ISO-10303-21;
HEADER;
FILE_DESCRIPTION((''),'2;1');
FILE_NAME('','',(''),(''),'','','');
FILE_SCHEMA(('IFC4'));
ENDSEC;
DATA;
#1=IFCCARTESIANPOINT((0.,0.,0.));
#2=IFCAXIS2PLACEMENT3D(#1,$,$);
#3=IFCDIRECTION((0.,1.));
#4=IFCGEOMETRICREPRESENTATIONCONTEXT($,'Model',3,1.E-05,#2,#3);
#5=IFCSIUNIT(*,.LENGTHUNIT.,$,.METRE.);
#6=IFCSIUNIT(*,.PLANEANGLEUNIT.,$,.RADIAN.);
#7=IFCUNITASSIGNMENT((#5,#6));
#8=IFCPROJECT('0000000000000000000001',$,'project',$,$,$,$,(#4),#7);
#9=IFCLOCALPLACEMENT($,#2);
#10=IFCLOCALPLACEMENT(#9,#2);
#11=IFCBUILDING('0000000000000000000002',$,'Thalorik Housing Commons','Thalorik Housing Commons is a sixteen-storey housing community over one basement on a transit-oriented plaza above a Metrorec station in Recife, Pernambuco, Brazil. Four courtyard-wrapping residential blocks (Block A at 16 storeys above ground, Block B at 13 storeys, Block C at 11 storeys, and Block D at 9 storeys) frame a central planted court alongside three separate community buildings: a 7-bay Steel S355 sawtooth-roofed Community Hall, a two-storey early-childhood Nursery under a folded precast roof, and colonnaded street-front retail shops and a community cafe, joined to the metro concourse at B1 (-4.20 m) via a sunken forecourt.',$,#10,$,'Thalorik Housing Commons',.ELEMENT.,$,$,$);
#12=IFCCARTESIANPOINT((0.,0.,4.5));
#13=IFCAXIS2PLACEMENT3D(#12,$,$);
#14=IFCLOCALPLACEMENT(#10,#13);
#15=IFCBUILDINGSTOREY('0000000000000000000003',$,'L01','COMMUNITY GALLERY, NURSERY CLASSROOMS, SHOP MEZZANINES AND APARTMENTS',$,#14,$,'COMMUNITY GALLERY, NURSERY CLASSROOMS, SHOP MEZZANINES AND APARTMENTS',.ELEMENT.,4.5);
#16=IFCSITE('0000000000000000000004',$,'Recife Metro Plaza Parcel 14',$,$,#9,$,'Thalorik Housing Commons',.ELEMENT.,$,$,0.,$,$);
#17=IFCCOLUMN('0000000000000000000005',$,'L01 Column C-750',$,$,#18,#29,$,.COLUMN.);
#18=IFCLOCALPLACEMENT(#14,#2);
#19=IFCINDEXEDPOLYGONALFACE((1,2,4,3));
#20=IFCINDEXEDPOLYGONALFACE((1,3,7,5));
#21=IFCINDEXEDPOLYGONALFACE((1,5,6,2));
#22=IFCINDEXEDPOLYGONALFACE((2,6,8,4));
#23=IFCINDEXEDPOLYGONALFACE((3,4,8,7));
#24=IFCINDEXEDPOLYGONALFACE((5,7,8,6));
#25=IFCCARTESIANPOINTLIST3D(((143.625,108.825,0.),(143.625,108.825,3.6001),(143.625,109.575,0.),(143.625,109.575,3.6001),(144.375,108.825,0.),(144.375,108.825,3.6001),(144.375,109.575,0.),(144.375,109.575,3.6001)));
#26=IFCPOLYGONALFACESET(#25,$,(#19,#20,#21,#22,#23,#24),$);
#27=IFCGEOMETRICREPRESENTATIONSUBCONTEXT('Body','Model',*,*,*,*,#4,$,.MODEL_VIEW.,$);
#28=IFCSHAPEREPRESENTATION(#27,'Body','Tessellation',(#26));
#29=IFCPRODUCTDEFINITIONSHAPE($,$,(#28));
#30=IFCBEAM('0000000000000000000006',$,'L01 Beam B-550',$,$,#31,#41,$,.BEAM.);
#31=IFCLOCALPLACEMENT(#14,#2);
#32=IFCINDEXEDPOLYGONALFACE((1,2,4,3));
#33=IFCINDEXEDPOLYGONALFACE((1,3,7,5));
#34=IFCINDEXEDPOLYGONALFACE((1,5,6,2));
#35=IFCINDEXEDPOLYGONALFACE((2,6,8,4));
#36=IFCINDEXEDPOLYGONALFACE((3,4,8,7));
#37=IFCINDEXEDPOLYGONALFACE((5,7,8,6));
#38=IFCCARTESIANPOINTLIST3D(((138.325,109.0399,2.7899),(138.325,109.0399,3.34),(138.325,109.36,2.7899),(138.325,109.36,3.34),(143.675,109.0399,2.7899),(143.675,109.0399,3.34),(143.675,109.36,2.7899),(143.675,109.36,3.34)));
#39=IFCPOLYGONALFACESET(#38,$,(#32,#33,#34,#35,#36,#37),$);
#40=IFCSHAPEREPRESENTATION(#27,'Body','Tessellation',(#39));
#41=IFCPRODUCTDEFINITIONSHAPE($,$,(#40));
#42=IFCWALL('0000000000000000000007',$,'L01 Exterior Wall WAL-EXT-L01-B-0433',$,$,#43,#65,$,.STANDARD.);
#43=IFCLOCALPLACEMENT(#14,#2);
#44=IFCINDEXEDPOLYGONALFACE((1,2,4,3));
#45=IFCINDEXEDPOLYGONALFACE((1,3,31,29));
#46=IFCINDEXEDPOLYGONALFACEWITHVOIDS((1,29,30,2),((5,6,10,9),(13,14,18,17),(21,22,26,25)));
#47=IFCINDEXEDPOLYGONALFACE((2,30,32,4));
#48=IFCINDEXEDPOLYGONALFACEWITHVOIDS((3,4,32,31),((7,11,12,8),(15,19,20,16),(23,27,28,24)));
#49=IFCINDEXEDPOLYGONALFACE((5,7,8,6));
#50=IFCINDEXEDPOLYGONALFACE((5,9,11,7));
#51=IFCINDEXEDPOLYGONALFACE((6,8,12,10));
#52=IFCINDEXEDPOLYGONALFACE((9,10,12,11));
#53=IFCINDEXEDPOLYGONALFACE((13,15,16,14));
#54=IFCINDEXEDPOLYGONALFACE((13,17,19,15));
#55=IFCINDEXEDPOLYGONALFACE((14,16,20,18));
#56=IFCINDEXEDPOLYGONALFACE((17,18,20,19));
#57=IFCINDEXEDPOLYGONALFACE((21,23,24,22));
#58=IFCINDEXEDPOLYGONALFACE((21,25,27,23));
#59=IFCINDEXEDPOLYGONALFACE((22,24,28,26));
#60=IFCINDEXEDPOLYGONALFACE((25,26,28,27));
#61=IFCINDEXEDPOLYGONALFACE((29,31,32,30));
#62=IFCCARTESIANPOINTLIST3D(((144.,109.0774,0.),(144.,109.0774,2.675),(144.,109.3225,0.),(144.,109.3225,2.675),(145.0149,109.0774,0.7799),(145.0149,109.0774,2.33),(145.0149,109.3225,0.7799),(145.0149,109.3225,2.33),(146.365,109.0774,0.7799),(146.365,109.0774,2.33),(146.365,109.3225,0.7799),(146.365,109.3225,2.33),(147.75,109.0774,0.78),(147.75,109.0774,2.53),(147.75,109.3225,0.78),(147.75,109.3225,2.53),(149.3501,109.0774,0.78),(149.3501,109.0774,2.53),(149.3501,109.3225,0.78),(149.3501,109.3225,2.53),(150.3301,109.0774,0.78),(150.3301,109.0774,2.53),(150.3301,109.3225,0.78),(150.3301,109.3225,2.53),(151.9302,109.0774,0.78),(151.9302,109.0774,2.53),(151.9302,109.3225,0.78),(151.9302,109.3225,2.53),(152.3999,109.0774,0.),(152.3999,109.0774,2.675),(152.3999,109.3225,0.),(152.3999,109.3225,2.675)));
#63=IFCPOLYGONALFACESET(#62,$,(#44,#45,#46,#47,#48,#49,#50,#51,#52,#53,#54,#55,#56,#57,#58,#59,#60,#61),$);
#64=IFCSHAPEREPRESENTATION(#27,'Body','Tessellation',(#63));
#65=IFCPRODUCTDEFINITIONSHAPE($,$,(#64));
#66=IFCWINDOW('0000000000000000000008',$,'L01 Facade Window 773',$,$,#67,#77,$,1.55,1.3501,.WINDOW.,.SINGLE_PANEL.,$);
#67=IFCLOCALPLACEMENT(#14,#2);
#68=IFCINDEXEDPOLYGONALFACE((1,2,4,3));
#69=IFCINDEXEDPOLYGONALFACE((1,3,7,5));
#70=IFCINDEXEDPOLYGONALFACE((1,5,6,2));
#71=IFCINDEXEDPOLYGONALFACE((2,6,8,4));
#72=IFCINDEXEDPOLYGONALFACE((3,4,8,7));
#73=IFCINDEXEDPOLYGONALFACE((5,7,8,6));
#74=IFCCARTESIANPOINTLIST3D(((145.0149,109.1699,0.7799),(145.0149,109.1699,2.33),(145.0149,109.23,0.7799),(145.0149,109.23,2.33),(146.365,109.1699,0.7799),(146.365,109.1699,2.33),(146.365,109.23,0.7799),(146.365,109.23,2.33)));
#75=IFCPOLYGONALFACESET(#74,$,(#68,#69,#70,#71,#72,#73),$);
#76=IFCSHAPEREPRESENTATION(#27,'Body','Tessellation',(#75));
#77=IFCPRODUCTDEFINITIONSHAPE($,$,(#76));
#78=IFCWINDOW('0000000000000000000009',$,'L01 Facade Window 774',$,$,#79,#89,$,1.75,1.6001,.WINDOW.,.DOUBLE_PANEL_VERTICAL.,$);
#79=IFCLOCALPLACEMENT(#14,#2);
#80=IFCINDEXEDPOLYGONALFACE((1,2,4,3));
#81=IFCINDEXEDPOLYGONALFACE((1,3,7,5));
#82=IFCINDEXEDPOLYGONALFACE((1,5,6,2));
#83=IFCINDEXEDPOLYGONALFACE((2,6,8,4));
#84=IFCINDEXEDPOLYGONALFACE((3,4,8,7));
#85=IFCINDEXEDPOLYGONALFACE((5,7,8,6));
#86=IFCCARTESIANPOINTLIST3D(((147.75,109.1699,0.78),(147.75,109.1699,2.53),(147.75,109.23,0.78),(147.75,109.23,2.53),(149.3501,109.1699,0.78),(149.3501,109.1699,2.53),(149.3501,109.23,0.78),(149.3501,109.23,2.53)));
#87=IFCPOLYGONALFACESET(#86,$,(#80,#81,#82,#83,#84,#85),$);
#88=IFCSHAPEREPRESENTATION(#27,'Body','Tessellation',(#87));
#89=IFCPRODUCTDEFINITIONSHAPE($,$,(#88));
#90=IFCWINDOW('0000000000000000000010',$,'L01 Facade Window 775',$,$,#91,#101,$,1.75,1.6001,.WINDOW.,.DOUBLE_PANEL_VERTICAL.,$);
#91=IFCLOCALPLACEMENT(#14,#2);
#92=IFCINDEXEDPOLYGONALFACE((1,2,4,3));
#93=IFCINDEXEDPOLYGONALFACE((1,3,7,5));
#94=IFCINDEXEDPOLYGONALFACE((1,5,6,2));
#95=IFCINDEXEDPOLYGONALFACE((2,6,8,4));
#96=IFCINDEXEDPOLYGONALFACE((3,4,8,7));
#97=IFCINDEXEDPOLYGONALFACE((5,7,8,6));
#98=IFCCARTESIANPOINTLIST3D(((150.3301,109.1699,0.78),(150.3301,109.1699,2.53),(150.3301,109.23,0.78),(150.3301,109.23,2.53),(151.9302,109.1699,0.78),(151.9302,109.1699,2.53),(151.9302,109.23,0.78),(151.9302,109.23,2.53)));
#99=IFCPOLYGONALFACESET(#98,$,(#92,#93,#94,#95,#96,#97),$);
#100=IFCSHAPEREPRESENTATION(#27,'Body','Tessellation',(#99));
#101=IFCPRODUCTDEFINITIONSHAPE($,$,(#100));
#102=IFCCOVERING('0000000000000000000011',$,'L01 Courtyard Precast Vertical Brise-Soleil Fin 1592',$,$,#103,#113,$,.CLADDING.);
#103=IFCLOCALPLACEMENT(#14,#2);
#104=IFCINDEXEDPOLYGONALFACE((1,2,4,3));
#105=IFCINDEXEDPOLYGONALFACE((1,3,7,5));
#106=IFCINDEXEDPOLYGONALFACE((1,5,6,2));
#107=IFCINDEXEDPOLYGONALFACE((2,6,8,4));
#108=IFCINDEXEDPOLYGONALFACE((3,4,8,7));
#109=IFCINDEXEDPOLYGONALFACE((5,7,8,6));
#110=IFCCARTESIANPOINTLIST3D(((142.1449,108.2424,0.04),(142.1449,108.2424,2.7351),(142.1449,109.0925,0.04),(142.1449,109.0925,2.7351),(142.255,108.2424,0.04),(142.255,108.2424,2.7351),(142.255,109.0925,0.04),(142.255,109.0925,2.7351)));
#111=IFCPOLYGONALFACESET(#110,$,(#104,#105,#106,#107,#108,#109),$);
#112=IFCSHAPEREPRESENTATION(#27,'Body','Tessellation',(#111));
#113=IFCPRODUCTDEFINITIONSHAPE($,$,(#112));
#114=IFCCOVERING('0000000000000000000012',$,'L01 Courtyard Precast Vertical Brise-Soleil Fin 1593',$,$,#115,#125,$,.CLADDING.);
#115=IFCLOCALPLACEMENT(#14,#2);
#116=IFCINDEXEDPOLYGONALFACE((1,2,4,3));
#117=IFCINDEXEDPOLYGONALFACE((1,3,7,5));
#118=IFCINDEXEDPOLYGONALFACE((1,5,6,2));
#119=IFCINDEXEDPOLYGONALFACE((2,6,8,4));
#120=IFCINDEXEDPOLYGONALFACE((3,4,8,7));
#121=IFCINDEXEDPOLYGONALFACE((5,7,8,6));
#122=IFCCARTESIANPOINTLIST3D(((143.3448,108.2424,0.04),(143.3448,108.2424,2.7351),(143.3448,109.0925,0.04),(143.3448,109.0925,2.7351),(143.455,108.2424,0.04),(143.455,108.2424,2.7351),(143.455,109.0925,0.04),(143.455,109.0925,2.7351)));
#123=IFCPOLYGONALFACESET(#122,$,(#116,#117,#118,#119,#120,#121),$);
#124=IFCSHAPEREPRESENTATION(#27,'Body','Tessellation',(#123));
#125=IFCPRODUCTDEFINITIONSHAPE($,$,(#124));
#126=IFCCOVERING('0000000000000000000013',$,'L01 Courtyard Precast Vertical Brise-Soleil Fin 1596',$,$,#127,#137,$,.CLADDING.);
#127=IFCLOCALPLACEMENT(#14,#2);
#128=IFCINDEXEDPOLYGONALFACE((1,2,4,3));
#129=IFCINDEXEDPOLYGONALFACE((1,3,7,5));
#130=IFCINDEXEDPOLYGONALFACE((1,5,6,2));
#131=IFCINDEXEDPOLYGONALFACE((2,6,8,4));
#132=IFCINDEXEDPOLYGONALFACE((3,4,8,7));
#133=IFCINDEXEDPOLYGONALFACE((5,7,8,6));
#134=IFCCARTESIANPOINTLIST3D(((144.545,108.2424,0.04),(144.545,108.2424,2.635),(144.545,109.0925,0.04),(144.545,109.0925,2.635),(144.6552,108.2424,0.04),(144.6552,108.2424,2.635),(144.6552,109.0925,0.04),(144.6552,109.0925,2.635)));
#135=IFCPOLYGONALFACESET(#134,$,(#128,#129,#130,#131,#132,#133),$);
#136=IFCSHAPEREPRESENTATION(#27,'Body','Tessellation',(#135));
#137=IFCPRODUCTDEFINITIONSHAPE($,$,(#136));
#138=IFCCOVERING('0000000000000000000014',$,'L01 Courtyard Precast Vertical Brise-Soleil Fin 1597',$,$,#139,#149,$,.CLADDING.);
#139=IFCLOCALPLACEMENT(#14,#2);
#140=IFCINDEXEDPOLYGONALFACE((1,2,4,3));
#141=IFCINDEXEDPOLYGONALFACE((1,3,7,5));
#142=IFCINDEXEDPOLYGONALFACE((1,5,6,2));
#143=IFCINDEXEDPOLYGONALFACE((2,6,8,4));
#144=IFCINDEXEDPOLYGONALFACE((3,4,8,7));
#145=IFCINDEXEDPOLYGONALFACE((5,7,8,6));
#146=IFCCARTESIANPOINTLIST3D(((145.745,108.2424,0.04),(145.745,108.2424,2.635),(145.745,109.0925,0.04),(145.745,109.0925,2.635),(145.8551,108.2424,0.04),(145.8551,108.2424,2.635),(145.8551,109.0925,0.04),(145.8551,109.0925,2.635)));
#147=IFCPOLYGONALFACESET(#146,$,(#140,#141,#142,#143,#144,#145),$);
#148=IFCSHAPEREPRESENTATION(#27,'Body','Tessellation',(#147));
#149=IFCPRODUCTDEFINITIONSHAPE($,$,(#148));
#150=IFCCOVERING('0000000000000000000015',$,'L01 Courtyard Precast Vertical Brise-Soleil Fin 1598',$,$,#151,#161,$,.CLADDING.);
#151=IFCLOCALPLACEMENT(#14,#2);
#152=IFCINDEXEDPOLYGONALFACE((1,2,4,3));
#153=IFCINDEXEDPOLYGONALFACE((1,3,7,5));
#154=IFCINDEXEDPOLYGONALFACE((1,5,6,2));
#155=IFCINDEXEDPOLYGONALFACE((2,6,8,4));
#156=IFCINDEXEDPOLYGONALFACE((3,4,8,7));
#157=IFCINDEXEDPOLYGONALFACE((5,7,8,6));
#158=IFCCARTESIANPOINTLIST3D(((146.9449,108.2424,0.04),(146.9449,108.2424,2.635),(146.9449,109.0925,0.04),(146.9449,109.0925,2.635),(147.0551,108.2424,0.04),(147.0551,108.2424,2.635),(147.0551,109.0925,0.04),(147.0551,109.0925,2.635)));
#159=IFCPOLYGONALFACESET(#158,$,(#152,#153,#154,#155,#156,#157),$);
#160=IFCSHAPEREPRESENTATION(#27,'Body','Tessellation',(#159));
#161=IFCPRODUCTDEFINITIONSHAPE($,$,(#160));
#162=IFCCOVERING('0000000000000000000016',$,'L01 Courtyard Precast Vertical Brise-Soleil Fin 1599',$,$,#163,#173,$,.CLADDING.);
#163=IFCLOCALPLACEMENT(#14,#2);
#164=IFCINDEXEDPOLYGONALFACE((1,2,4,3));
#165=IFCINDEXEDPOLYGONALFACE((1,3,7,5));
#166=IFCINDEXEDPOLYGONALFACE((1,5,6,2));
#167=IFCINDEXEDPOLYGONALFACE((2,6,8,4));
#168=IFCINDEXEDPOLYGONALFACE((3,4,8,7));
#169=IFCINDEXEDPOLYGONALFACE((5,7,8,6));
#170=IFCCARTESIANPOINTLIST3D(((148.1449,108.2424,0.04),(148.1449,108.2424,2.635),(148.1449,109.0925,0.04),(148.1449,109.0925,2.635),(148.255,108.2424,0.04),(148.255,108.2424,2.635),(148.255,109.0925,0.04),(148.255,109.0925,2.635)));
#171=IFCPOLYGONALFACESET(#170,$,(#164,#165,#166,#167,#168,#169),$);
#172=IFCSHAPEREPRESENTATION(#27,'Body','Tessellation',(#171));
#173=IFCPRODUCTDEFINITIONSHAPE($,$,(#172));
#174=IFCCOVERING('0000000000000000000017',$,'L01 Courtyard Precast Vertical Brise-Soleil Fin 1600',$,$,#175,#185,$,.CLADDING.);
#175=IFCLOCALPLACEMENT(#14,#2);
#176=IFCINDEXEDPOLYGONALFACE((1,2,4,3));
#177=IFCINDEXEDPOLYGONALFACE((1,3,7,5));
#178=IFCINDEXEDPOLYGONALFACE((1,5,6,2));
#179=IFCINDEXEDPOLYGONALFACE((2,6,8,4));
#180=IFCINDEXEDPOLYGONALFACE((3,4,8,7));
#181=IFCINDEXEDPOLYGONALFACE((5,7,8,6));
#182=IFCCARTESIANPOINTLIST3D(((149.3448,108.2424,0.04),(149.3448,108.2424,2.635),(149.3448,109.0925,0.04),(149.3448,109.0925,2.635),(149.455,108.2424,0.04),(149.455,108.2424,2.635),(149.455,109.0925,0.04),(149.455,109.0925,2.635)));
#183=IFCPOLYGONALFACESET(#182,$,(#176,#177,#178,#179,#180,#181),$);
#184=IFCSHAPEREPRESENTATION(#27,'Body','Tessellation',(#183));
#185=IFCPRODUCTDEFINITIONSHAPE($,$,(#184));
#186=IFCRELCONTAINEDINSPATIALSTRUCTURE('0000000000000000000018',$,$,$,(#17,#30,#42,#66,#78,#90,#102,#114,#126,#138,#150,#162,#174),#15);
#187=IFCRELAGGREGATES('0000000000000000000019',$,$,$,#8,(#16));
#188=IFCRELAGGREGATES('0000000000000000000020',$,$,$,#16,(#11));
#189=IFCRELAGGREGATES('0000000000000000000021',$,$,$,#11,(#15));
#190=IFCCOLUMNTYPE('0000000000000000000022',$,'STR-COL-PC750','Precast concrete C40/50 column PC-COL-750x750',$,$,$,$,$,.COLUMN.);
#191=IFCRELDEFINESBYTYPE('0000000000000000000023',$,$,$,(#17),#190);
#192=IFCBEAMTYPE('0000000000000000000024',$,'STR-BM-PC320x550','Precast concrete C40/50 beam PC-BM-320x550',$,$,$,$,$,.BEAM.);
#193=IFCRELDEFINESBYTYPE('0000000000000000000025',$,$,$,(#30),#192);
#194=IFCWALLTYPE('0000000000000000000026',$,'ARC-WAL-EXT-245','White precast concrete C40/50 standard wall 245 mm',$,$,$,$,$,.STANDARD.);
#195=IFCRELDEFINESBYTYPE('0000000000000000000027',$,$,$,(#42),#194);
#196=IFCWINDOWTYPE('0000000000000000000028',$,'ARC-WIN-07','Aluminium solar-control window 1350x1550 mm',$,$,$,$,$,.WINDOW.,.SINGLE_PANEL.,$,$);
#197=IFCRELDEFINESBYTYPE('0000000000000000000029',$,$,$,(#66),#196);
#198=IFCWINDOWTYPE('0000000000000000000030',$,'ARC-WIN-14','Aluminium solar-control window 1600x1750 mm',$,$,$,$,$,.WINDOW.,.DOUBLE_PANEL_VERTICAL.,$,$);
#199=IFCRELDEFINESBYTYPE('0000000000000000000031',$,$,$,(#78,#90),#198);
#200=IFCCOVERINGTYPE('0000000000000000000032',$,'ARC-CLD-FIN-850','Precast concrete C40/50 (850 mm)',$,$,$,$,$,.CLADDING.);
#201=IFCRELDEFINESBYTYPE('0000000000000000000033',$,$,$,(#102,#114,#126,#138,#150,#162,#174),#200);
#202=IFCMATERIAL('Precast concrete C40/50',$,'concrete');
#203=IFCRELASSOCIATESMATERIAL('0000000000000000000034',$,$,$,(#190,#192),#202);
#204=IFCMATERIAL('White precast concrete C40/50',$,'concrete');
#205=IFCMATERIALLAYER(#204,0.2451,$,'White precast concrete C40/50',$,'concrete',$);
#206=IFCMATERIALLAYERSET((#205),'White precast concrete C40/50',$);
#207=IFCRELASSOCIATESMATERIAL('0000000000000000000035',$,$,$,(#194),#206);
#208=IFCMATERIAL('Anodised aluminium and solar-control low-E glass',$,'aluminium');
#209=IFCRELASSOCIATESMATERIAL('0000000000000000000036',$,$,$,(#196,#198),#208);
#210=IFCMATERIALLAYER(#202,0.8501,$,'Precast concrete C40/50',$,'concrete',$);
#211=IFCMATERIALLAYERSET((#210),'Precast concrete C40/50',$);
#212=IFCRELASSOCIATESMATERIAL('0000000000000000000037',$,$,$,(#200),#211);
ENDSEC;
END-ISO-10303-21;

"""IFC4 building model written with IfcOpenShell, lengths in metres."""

from ifc_helpers import new_model, si_unit, direction, frame, frame_2d, origin, origin_2d, place, context, subcontext, project, spatial, rectangle, extrude, material, layer, layer_set, material_profile, profile_set, type_object, element, fill, save


model = new_model("IFC4")

# Units and contexts
model_context = context("Model", 3, precision=1e-05, world=origin(), true_north=direction((0.0, 1.0)))
body_context = subcontext(model_context, "Body", "Model", "MODEL_VIEW")
ifc_project = project(units=[si_unit("LENGTHUNIT", "METRE"), si_unit("PLANEANGLEUNIT", "RADIAN")], contexts=[model_context])

# Site, building, storey
site_placement = place(None, origin())
site = spatial("IfcSite", under=ifc_project, at=site_placement, Name="Recife Metro Plaza Parcel 14", LongName="Thalorik Housing Commons", CompositionType="ELEMENT", RefElevation=0.0)
building_placement = place(site_placement, origin())
building = spatial("IfcBuilding", under=site, at=building_placement, Name="Thalorik Housing Commons", Description="Thalorik Housing Commons is a sixteen-storey housing community over one basement on a transit-oriented plaza above a Metrorec station in Recife, Pernambuco, Brazil. Four courtyard-wrapping residential blocks (Block A at 16 storeys above ground, Block B at 13 storeys, Block C at 11 storeys, and Block D at 9 storeys) frame a central planted court alongside three separate community buildings: a 7-bay Steel S355 sawtooth-roofed Community Hall, a two-storey early-childhood Nursery under a folded precast roof, and colonnaded street-front retail shops and a community cafe, joined to the metro concourse at B1 (-4.20 m) via a sunken forecourt.", LongName="Thalorik Housing Commons", CompositionType="ELEMENT")
storey_placement = place(building_placement, frame((0.0, 0.0, 4.5)))
storey = spatial("IfcBuildingStorey", under=building, at=storey_placement, Name="L01", Description="COMMUNITY GALLERY, NURSERY CLASSROOMS, SHOP MEZZANINES AND APARTMENTS", LongName="COMMUNITY GALLERY, NURSERY CLASSROOMS, SHOP MEZZANINES AND APARTMENTS", CompositionType="ELEMENT", Elevation=4.5)

# Column
ifc_material_1 = material(Name="Precast concrete C40/50", Category="concrete")
ifc_material_profile_1 = material_profile(ifc_material_1, rectangle(XDim=0.75, YDim=0.75, at=origin_2d()), Name="PC 750x750", Category="concrete")
ifc_profile_set_1 = profile_set([ifc_material_profile_1], Name="Precast concrete C40/50")
column_type = type_object("IfcColumnType", Name="STR-COL-PC750", Description="Precast concrete C40/50 column PC-COL-750x750", PredefinedType="COLUMN", material=ifc_profile_set_1)
column_placement = place(storey_placement, frame((144.0, 109.2, 0.0), z_axis=(0.0, 0.0, 1.0), x_axis=(1.0, 0.0, 0.0)))
element("IfcColumn", 1, at=column_placement, inside=storey, type_object=column_type, Name="L01 Column C-750", PredefinedType="COLUMN", context=body_context, shape_type="SweptSolid", body=[
    extrude(rectangle(XDim=0.75, YDim=0.75, at=origin_2d()), origin(), (0.0, 0.0, 1.0), 3.6001),
])

# Beam
ifc_material_profile_2 = material_profile(ifc_material_1, rectangle(XDim=0.3201, YDim=0.55, at=origin_2d()), Name="PC 320x550", Category="concrete")
ifc_profile_set_2 = profile_set([ifc_material_profile_2], Name="Precast concrete C40/50")
beam_type = type_object("IfcBeamType", Name="STR-BM-PC320x550", Description="Precast concrete C40/50 beam PC-BM-320x550", PredefinedType="BEAM", material=ifc_profile_set_2)
beam_placement = place(storey_placement, frame((138.325, 109.2, 3.0649), z_axis=(1.0, 0.0, 0.0), x_axis=(0.0, 1.0, 0.0)))
element("IfcBeam", 2, at=beam_placement, inside=storey, type_object=beam_type, Name="L01 Beam B-550", PredefinedType="BEAM", context=body_context, shape_type="SweptSolid", body=[
    extrude(rectangle(XDim=0.3201, YDim=0.55, at=origin_2d()), origin(), (0.0, 0.0, 1.0), 5.3501),
])

# Wall, openings, windows
ifc_material_2 = material(Name="White precast concrete C40/50", Category="concrete")
ifc_layer_1 = layer(ifc_material_2, 0.2451, Name="White precast concrete C40/50", Category="concrete")
ifc_layer_set_1 = layer_set([ifc_layer_1], Name="White precast concrete C40/50")
wall_type = type_object("IfcWallType", Name="ARC-WAL-EXT-245", Description="White precast concrete C40/50 standard wall 245 mm", PredefinedType="STANDARD", material=ifc_layer_set_1)
wall_placement = place(storey_placement, frame((144.0, 109.2, 0.0), z_axis=(0.0, 0.0, 1.0), x_axis=(1.0, 0.0, 0.0)))
wall = element("IfcWall", 3, at=wall_placement, inside=storey, type_object=wall_type, Name="L01 Exterior Wall WAL-EXT-L01-B-0433", PredefinedType="STANDARD", context=body_context, shape_type="SweptSolid", body=[
    extrude(rectangle(XDim=8.3999, YDim=0.2451, at=frame_2d((4.2, 0.0))), origin(), (0.0, 0.0, 1.0), 2.675),
])
opening_1_placement = place(wall_placement, frame((1.0149, 0.0, 0.78)))
opening_1 = element("IfcOpeningElement", 4, at=opening_1_placement, cuts=wall, PredefinedType="OPENING", context=body_context, shape_type="SweptSolid", body=[
    extrude(rectangle(XDim=1.3501, YDim=1.55, at=frame_2d((0.675, 0.7749))), frame((0.0, 0.1326, 0.0), z_axis=(0.0, -1.0, 0.0), x_axis=(1.0, 0.0, 0.0)), (0.0, 0.0, 1.0), 0.2651),
])
opening_2_placement = place(wall_placement, frame((3.75, 0.0, 0.78)))
opening_2 = element("IfcOpeningElement", 5, at=opening_2_placement, cuts=wall, PredefinedType="OPENING", context=body_context, shape_type="SweptSolid", body=[
    extrude(rectangle(XDim=1.6001, YDim=1.75, at=frame_2d((0.8, 0.875))), frame((0.0, 0.1326, 0.0), z_axis=(0.0, -1.0, 0.0), x_axis=(1.0, 0.0, 0.0)), (0.0, 0.0, 1.0), 0.2651),
])
opening_3_placement = place(wall_placement, frame((6.3301, 0.0, 0.78)))
opening_3 = element("IfcOpeningElement", 6, at=opening_3_placement, cuts=wall, PredefinedType="OPENING", context=body_context, shape_type="SweptSolid", body=[
    extrude(rectangle(XDim=1.6001, YDim=1.75, at=frame_2d((0.8, 0.875))), frame((0.0, 0.1326, 0.0), z_axis=(0.0, -1.0, 0.0), x_axis=(1.0, 0.0, 0.0)), (0.0, 0.0, 1.0), 0.2651),
])
ifc_material_3 = material(Name="Anodised aluminium and solar-control low-E glass", Category="aluminium")
window_type_1 = type_object("IfcWindowType", Name="ARC-WIN-07", Description="Aluminium solar-control window 1350x1550 mm", PartitioningType="SINGLE_PANEL", PredefinedType="WINDOW", material=ifc_material_3)
window_1_placement = place(opening_1_placement, origin())
window_1 = element("IfcWindow", 7, at=window_1_placement, inside=storey, type_object=window_type_1, Name="L01 Facade Window 773", OverallHeight=1.55, OverallWidth=1.3501, PartitioningType="SINGLE_PANEL", PredefinedType="WINDOW", context=body_context, shape_type="SweptSolid", body=[
    extrude(rectangle(XDim=1.3501, YDim=1.55, at=frame_2d((0.675, 0.7749))), frame((0.0, 0.03, 0.0), z_axis=(0.0, -1.0, 0.0), x_axis=(1.0, 0.0, 0.0)), (0.0, 0.0, 1.0), 0.0601),
])
fill(opening_1, window_1)
window_type_2 = type_object("IfcWindowType", Name="ARC-WIN-14", Description="Aluminium solar-control window 1600x1750 mm", PartitioningType="DOUBLE_PANEL_VERTICAL", PredefinedType="WINDOW", material=ifc_material_3)
window_2_placement = place(opening_2_placement, origin())
window_2 = element("IfcWindow", 8, at=window_2_placement, inside=storey, type_object=window_type_2, Name="L01 Facade Window 774", OverallHeight=1.75, OverallWidth=1.6001, PartitioningType="DOUBLE_PANEL_VERTICAL", PredefinedType="WINDOW", context=body_context, shape_type="SweptSolid", body=[
    extrude(rectangle(XDim=1.6001, YDim=1.75, at=frame_2d((0.8, 0.875))), frame((0.0, 0.03, 0.0), z_axis=(0.0, -1.0, 0.0), x_axis=(1.0, 0.0, 0.0)), (0.0, 0.0, 1.0), 0.0601),
])
fill(opening_2, window_2)
window_3_placement = place(opening_3_placement, origin())
window_3 = element("IfcWindow", 9, at=window_3_placement, inside=storey, type_object=window_type_2, Name="L01 Facade Window 775", OverallHeight=1.75, OverallWidth=1.6001, PartitioningType="DOUBLE_PANEL_VERTICAL", PredefinedType="WINDOW", context=body_context, shape_type="SweptSolid", body=[
    extrude(rectangle(XDim=1.6001, YDim=1.75, at=frame_2d((0.8, 0.875))), frame((0.0, 0.03, 0.0), z_axis=(0.0, -1.0, 0.0), x_axis=(1.0, 0.0, 0.0)), (0.0, 0.0, 1.0), 0.0601),
])
fill(opening_3, window_3)

# Coverings
ifc_layer_2 = layer(ifc_material_1, 0.8501, Name="Precast concrete C40/50", Category="concrete")
ifc_layer_set_2 = layer_set([ifc_layer_2], Name="Precast concrete C40/50")
covering_type_1 = type_object("IfcCoveringType", Name="ARC-CLD-FIN-850", Description="Precast concrete C40/50 (850 mm)", PredefinedType="CLADDING", material=ifc_layer_set_2)
for number, where, z_axis, x_axis, name in (
    (10, (142.2, 108.6675, 0.04), (0.0, 0.0, 1.0), (1.0, 0.0, 0.0), "L01 Courtyard Precast Vertical Brise-Soleil Fin 1592"),
    (11, (143.3999, 108.6675, 0.04), (0.0, 0.0, 1.0), (1.0, 0.0, 0.0), "L01 Courtyard Precast Vertical Brise-Soleil Fin 1593"),
):
    element("IfcCovering", number, at=place(storey_placement, frame(where, z_axis=z_axis, x_axis=x_axis)), inside=storey, type_object=covering_type_1, Name=name, PredefinedType="CLADDING", context=body_context, shape_type="SweptSolid", body=[
        extrude(rectangle(XDim=0.1101, YDim=0.8501, at=origin_2d()), origin(), (0.0, 0.0, 1.0), 2.6951),
    ])
for number, where, z_axis, x_axis, name in (
    (12, (144.6001, 108.6675, 0.04), (0.0, 0.0, 1.0), (1.0, 0.0, 0.0), "L01 Courtyard Precast Vertical Brise-Soleil Fin 1596"),
    (13, (145.8, 108.6675, 0.04), (0.0, 0.0, 1.0), (1.0, 0.0, 0.0), "L01 Courtyard Precast Vertical Brise-Soleil Fin 1597"),
    (14, (147.0, 108.6675, 0.04), (0.0, 0.0, 1.0), (1.0, 0.0, 0.0), "L01 Courtyard Precast Vertical Brise-Soleil Fin 1598"),
    (15, (148.2, 108.6675, 0.04), (0.0, 0.0, 1.0), (1.0, 0.0, 0.0), "L01 Courtyard Precast Vertical Brise-Soleil Fin 1599"),
    (16, (149.3999, 108.6675, 0.04), (0.0, 0.0, 1.0), (1.0, 0.0, 0.0), "L01 Courtyard Precast Vertical Brise-Soleil Fin 1600"),
):
    element("IfcCovering", number, at=place(storey_placement, frame(where, z_axis=z_axis, x_axis=x_axis)), inside=storey, type_object=covering_type_1, Name=name, PredefinedType="CLADDING", context=body_context, shape_type="SweptSolid", body=[
        extrude(rectangle(XDim=0.1101, YDim=0.8501, at=origin_2d()), origin(), (0.0, 0.0, 1.0), 2.595),
    ])

save(model, "model.ifc")
